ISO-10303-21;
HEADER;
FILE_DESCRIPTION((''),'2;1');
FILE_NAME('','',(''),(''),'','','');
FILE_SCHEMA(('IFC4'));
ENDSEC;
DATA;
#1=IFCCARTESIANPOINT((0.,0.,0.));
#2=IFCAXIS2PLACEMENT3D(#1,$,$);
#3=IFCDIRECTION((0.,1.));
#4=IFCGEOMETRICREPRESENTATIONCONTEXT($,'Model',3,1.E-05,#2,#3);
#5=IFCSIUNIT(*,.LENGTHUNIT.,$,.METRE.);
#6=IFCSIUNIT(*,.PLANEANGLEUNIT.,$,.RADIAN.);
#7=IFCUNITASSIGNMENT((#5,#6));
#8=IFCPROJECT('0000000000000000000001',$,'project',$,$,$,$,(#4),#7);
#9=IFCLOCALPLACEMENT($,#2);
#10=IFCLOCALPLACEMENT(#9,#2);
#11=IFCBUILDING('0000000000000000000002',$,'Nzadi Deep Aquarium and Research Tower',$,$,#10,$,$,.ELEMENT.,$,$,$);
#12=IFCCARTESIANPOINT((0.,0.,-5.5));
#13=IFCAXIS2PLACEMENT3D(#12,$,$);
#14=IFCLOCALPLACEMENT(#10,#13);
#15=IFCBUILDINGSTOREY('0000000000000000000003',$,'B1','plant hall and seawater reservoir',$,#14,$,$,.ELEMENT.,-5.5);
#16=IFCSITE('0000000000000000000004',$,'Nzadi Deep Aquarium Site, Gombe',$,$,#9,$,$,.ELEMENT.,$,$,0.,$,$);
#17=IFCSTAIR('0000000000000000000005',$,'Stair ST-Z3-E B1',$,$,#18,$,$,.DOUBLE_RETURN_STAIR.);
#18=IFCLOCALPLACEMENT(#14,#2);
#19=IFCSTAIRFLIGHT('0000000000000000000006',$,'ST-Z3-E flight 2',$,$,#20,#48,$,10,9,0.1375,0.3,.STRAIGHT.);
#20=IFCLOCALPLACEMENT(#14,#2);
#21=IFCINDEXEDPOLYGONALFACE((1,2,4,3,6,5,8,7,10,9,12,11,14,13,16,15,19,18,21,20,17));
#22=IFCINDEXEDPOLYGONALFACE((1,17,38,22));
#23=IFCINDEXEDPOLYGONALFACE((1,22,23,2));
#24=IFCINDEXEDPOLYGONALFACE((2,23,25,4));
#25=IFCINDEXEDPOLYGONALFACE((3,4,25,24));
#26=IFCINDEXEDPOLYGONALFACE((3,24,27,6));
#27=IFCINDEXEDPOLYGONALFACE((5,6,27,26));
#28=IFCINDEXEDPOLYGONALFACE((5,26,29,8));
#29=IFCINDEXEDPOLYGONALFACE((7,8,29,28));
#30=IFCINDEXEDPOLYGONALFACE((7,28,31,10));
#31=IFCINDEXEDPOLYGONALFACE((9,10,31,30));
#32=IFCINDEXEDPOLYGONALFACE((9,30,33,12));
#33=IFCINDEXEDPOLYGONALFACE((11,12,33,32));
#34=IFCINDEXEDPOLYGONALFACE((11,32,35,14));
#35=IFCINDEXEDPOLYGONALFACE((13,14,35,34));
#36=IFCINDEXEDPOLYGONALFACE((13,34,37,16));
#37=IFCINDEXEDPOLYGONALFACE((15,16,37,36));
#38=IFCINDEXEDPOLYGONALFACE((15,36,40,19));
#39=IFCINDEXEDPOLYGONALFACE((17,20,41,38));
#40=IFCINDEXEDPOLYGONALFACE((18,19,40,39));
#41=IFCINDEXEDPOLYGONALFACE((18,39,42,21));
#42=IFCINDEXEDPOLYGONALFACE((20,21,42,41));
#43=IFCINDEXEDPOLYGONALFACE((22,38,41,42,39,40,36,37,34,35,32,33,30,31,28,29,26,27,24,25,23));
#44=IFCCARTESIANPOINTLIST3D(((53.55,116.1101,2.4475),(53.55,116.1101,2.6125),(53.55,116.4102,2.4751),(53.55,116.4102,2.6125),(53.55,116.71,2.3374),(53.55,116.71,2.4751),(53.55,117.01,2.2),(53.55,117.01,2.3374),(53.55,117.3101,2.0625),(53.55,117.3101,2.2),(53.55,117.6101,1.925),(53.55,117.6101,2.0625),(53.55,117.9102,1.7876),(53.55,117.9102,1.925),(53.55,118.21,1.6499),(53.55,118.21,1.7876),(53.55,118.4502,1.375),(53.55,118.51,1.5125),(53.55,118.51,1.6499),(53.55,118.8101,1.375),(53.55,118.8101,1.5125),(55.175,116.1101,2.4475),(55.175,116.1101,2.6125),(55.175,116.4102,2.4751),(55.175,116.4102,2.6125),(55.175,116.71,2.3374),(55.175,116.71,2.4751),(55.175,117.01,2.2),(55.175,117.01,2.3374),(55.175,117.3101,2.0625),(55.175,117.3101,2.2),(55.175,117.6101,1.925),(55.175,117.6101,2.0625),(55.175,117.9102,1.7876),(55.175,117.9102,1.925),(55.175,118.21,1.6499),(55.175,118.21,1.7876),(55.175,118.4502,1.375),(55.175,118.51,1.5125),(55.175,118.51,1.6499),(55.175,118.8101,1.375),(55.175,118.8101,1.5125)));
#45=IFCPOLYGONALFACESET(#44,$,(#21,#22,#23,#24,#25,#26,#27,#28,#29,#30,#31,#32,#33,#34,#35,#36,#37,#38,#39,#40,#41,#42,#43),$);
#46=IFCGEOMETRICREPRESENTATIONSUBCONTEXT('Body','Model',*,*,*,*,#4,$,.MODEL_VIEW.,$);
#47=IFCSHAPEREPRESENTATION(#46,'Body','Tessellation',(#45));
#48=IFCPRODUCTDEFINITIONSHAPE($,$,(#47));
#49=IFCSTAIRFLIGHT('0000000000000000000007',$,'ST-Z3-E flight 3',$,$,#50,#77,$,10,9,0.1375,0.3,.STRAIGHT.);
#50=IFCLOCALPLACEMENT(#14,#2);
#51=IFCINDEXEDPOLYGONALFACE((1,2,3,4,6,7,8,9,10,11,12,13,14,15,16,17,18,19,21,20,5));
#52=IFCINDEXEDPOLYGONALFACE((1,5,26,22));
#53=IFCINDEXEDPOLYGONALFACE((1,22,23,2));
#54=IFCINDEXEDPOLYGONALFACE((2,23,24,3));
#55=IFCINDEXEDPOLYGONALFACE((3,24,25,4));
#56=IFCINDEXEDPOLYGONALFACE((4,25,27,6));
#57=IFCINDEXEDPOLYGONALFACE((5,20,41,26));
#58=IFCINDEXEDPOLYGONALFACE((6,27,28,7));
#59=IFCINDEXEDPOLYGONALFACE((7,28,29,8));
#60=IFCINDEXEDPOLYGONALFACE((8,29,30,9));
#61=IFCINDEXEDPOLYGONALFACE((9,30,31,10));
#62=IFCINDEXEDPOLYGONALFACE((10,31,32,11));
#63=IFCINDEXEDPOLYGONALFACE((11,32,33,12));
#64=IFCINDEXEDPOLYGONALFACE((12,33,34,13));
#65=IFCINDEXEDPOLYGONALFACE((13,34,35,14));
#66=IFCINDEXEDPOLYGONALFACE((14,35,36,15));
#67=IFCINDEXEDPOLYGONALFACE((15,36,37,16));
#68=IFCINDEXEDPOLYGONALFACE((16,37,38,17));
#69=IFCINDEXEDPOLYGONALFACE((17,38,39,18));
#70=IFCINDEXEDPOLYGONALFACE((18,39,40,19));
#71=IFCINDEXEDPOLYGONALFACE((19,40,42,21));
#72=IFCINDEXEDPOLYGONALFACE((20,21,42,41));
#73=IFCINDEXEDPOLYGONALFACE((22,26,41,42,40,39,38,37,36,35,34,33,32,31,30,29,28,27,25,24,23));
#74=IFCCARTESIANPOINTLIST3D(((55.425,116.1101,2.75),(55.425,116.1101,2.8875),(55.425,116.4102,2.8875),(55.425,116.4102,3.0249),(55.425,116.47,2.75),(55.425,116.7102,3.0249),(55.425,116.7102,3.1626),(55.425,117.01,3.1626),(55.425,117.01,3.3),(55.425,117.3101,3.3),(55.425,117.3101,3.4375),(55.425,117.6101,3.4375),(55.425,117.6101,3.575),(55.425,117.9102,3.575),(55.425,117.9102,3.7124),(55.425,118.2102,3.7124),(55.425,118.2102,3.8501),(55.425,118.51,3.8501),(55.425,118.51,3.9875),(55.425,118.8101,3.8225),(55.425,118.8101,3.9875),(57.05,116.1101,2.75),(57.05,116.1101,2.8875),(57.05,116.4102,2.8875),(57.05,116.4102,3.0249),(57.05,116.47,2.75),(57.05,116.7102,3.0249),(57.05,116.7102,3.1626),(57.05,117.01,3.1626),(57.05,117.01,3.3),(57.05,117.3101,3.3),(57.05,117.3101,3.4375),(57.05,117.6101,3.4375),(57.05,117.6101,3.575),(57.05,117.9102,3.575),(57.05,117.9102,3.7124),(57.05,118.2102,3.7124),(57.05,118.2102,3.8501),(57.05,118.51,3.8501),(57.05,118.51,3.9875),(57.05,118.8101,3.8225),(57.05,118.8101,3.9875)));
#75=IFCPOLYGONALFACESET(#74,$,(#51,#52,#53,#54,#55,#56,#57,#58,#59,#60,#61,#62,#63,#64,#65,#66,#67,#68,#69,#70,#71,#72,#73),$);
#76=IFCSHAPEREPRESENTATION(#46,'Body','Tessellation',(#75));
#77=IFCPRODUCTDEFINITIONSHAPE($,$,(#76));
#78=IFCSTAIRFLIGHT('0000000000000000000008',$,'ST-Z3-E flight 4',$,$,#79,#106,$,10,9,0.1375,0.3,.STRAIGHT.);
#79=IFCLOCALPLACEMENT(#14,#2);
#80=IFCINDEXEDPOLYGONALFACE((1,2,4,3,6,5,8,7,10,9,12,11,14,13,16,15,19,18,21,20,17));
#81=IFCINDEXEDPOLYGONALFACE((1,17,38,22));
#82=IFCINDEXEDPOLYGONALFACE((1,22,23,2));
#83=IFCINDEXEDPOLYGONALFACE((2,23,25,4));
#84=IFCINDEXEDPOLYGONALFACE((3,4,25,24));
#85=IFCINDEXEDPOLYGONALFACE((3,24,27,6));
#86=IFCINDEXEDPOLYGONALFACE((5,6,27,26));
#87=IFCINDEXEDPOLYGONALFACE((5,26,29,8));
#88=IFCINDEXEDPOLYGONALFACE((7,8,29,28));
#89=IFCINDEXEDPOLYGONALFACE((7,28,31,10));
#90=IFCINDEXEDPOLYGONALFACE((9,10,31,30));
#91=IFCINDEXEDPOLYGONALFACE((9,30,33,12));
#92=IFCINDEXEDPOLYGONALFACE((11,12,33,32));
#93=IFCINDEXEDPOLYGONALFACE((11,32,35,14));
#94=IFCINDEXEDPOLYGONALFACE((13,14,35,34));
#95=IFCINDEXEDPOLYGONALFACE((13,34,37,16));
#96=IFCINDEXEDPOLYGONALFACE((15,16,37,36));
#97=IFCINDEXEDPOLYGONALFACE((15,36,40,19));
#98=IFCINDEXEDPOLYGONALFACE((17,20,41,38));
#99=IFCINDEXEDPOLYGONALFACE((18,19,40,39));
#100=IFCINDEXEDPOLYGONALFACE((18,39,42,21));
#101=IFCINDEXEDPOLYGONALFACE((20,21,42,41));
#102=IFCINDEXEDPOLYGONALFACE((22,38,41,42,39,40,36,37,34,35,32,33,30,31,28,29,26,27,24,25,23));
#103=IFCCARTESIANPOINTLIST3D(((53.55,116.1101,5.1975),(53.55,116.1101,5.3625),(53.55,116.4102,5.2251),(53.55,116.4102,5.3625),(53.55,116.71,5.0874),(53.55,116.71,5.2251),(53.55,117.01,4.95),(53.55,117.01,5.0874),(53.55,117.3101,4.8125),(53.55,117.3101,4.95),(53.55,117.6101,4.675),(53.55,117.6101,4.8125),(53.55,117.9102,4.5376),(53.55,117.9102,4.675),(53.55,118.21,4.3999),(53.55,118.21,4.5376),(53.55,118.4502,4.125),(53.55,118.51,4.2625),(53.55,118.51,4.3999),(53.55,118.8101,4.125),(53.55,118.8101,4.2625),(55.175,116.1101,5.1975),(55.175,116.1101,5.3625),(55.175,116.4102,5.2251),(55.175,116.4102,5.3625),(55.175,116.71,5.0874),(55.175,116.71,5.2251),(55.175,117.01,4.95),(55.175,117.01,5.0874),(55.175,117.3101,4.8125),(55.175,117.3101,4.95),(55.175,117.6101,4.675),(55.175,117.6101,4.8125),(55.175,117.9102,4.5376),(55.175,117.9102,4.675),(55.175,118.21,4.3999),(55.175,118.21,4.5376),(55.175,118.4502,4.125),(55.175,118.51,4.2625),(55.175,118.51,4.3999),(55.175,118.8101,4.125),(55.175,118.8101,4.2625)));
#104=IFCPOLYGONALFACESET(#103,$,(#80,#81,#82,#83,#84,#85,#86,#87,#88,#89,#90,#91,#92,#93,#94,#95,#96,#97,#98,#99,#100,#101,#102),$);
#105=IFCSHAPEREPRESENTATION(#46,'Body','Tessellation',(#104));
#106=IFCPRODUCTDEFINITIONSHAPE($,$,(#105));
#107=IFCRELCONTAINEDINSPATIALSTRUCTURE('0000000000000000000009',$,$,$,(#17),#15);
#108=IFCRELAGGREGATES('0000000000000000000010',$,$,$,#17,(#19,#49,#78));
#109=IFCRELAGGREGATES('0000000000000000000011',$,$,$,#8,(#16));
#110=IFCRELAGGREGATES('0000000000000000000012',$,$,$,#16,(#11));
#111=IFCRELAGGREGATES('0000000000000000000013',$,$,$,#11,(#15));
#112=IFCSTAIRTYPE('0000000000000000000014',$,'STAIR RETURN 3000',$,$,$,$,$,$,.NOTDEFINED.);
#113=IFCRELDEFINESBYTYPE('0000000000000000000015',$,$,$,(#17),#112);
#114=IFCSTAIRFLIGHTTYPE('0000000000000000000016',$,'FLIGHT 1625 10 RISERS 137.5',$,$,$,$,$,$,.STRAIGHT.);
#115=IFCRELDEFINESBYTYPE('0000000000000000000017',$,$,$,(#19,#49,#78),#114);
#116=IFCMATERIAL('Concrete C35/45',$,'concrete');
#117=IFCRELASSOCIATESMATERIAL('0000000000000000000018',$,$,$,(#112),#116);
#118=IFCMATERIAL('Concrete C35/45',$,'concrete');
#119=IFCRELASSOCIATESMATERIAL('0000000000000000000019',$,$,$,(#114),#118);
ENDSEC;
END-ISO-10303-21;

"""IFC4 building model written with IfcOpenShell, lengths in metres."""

from ifc_helpers import new_model, si_unit, direction, frame, origin, place, context, subcontext, project, spatial, polyline, outline, extrude, material, type_object, element, aggregate, save


model = new_model("IFC4")

# Units and contexts
model_context = context("Model", 3, precision=1e-05, world=origin(), true_north=direction((0.0, 1.0)))
body_context = subcontext(model_context, "Body", "Model", "MODEL_VIEW")
ifc_project = project(units=[si_unit("LENGTHUNIT", "METRE"), si_unit("PLANEANGLEUNIT", "RADIAN")], contexts=[model_context])

# Site, building, storey
site_placement = place(None, origin())
site = spatial("IfcSite", under=ifc_project, at=site_placement, Name="Nzadi Deep Aquarium Site, Gombe", CompositionType="ELEMENT", RefElevation=0.0)
building_placement = place(site_placement, origin())
building = spatial("IfcBuilding", under=site, at=building_placement, Name="Nzadi Deep Aquarium and Research Tower", CompositionType="ELEMENT")
storey_placement = place(building_placement, frame((0.0, 0.0, -5.5)))
storey = spatial("IfcBuildingStorey", under=building, at=storey_placement, Name="B1", Description="plant hall and seawater reservoir", CompositionType="ELEMENT", Elevation=-5.5)

# Stair, stair flights
ifc_material_1 = material(Name="Concrete C35/45", Category="concrete")
stair_type = type_object("IfcStairType", Name="STAIR RETURN 3000", PredefinedType="NOTDEFINED", material=ifc_material_1)
stair_placement = place(storey_placement, origin())
stair = element("IfcStair", 1, at=stair_placement, inside=storey, type_object=stair_type, Name="Stair ST-Z3-E B1", PredefinedType="DOUBLE_RETURN_STAIR")
ifc_material_2 = material(Name="Concrete C35/45", Category="concrete")
stair_flight_type = type_object("IfcStairFlightType", Name="FLIGHT 1625 10 RISERS 137.5", PredefinedType="STRAIGHT", material=ifc_material_2)
stair_flight_1_placement = place(storey_placement, frame((54.3625, 118.8101, 1.375), z_axis=(0.0, 0.0, 1.0), x_axis=(0.0, -1.0, 0.0)))
stair_flight_1 = element("IfcStairFlight", 2, at=stair_flight_1_placement, type_object=stair_flight_type, Name="ST-Z3-E flight 2", NumberOfRisers=10, NumberOfTreads=9, PredefinedType="STRAIGHT", RiserHeight=0.1375, TreadLength=0.3, context=body_context, shape_type="SweptSolid", body=[
    extrude(outline(polyline([(0.0, 0.0), (0.0, 0.1375), (0.3, 0.1375), (0.3, 0.2749), (0.6001, 0.2749), (0.6001, 0.4126), (0.8999, 0.4126), (0.8999, 0.55), (1.2, 0.55), (1.2, 0.6875), (1.5, 0.6875), (1.5, 0.825), (1.8, 0.825), (1.8, 0.9624), (2.1001, 0.9624), (2.1001, 1.1001), (2.3999, 1.1001), (2.3999, 1.2375), (2.7, 1.2375), (2.7, 1.375), (2.7, 1.0725), (0.3599, 0.0), (0.0, 0.0)])), frame((0.0, 0.8125, 0.0), z_axis=(0.0, -1.0, 0.0), x_axis=(1.0, 0.0, 0.0)), (0.0, 0.0, 1.0), 1.625),
])
stair_flight_2_placement = place(storey_placement, frame((56.2375, 116.1101, 2.75), z_axis=(0.0, 0.0, 1.0), x_axis=(0.0, 1.0, 0.0)))
stair_flight_2 = element("IfcStairFlight", 3, at=stair_flight_2_placement, type_object=stair_flight_type, Name="ST-Z3-E flight 3", NumberOfRisers=10, NumberOfTreads=9, PredefinedType="STRAIGHT", RiserHeight=0.1375, TreadLength=0.3, context=body_context, shape_type="SweptSolid", body=[
    extrude(outline(polyline([(0.0, 0.0), (0.0, 0.1375), (0.3, 0.1375), (0.3, 0.2749), (0.6001, 0.2749), (0.6001, 0.4126), (0.8999, 0.4126), (0.8999, 0.55), (1.2, 0.55), (1.2, 0.6875), (1.5, 0.6875), (1.5, 0.825), (1.8, 0.825), (1.8, 0.9624), (2.1001, 0.9624), (2.1001, 1.1001), (2.3999, 1.1001), (2.3999, 1.2375), (2.7, 1.2375), (2.7, 1.375), (2.7, 1.0725), (0.3599, 0.0), (0.0, 0.0)])), frame((0.0, 0.8125, 0.0), z_axis=(0.0, -1.0, 0.0), x_axis=(1.0, 0.0, 0.0)), (0.0, 0.0, 1.0), 1.625),
])
stair_flight_3_placement = place(storey_placement, frame((54.3625, 118.8101, 4.125), z_axis=(0.0, 0.0, 1.0), x_axis=(0.0, -1.0, 0.0)))
stair_flight_3 = element("IfcStairFlight", 4, at=stair_flight_3_placement, type_object=stair_flight_type, Name="ST-Z3-E flight 4", NumberOfRisers=10, NumberOfTreads=9, PredefinedType="STRAIGHT", RiserHeight=0.1375, TreadLength=0.3, context=body_context, shape_type="SweptSolid", body=[
    extrude(outline(polyline([(0.0, 0.0), (0.0, 0.1375), (0.3, 0.1375), (0.3, 0.2749), (0.6001, 0.2749), (0.6001, 0.4126), (0.8999, 0.4126), (0.8999, 0.55), (1.2, 0.55), (1.2, 0.6875), (1.5, 0.6875), (1.5, 0.825), (1.8, 0.825), (1.8, 0.9624), (2.1001, 0.9624), (2.1001, 1.1001), (2.3999, 1.1001), (2.3999, 1.2375), (2.7, 1.2375), (2.7, 1.375), (2.7, 1.0725), (0.3599, 0.0), (0.0, 0.0)])), frame((0.0, 0.8125, 0.0), z_axis=(0.0, -1.0, 0.0), x_axis=(1.0, 0.0, 0.0)), (0.0, 0.0, 1.0), 1.625),
])
aggregate(stair, [stair_flight_1, stair_flight_2, stair_flight_3])

save(model, "model.ifc")
